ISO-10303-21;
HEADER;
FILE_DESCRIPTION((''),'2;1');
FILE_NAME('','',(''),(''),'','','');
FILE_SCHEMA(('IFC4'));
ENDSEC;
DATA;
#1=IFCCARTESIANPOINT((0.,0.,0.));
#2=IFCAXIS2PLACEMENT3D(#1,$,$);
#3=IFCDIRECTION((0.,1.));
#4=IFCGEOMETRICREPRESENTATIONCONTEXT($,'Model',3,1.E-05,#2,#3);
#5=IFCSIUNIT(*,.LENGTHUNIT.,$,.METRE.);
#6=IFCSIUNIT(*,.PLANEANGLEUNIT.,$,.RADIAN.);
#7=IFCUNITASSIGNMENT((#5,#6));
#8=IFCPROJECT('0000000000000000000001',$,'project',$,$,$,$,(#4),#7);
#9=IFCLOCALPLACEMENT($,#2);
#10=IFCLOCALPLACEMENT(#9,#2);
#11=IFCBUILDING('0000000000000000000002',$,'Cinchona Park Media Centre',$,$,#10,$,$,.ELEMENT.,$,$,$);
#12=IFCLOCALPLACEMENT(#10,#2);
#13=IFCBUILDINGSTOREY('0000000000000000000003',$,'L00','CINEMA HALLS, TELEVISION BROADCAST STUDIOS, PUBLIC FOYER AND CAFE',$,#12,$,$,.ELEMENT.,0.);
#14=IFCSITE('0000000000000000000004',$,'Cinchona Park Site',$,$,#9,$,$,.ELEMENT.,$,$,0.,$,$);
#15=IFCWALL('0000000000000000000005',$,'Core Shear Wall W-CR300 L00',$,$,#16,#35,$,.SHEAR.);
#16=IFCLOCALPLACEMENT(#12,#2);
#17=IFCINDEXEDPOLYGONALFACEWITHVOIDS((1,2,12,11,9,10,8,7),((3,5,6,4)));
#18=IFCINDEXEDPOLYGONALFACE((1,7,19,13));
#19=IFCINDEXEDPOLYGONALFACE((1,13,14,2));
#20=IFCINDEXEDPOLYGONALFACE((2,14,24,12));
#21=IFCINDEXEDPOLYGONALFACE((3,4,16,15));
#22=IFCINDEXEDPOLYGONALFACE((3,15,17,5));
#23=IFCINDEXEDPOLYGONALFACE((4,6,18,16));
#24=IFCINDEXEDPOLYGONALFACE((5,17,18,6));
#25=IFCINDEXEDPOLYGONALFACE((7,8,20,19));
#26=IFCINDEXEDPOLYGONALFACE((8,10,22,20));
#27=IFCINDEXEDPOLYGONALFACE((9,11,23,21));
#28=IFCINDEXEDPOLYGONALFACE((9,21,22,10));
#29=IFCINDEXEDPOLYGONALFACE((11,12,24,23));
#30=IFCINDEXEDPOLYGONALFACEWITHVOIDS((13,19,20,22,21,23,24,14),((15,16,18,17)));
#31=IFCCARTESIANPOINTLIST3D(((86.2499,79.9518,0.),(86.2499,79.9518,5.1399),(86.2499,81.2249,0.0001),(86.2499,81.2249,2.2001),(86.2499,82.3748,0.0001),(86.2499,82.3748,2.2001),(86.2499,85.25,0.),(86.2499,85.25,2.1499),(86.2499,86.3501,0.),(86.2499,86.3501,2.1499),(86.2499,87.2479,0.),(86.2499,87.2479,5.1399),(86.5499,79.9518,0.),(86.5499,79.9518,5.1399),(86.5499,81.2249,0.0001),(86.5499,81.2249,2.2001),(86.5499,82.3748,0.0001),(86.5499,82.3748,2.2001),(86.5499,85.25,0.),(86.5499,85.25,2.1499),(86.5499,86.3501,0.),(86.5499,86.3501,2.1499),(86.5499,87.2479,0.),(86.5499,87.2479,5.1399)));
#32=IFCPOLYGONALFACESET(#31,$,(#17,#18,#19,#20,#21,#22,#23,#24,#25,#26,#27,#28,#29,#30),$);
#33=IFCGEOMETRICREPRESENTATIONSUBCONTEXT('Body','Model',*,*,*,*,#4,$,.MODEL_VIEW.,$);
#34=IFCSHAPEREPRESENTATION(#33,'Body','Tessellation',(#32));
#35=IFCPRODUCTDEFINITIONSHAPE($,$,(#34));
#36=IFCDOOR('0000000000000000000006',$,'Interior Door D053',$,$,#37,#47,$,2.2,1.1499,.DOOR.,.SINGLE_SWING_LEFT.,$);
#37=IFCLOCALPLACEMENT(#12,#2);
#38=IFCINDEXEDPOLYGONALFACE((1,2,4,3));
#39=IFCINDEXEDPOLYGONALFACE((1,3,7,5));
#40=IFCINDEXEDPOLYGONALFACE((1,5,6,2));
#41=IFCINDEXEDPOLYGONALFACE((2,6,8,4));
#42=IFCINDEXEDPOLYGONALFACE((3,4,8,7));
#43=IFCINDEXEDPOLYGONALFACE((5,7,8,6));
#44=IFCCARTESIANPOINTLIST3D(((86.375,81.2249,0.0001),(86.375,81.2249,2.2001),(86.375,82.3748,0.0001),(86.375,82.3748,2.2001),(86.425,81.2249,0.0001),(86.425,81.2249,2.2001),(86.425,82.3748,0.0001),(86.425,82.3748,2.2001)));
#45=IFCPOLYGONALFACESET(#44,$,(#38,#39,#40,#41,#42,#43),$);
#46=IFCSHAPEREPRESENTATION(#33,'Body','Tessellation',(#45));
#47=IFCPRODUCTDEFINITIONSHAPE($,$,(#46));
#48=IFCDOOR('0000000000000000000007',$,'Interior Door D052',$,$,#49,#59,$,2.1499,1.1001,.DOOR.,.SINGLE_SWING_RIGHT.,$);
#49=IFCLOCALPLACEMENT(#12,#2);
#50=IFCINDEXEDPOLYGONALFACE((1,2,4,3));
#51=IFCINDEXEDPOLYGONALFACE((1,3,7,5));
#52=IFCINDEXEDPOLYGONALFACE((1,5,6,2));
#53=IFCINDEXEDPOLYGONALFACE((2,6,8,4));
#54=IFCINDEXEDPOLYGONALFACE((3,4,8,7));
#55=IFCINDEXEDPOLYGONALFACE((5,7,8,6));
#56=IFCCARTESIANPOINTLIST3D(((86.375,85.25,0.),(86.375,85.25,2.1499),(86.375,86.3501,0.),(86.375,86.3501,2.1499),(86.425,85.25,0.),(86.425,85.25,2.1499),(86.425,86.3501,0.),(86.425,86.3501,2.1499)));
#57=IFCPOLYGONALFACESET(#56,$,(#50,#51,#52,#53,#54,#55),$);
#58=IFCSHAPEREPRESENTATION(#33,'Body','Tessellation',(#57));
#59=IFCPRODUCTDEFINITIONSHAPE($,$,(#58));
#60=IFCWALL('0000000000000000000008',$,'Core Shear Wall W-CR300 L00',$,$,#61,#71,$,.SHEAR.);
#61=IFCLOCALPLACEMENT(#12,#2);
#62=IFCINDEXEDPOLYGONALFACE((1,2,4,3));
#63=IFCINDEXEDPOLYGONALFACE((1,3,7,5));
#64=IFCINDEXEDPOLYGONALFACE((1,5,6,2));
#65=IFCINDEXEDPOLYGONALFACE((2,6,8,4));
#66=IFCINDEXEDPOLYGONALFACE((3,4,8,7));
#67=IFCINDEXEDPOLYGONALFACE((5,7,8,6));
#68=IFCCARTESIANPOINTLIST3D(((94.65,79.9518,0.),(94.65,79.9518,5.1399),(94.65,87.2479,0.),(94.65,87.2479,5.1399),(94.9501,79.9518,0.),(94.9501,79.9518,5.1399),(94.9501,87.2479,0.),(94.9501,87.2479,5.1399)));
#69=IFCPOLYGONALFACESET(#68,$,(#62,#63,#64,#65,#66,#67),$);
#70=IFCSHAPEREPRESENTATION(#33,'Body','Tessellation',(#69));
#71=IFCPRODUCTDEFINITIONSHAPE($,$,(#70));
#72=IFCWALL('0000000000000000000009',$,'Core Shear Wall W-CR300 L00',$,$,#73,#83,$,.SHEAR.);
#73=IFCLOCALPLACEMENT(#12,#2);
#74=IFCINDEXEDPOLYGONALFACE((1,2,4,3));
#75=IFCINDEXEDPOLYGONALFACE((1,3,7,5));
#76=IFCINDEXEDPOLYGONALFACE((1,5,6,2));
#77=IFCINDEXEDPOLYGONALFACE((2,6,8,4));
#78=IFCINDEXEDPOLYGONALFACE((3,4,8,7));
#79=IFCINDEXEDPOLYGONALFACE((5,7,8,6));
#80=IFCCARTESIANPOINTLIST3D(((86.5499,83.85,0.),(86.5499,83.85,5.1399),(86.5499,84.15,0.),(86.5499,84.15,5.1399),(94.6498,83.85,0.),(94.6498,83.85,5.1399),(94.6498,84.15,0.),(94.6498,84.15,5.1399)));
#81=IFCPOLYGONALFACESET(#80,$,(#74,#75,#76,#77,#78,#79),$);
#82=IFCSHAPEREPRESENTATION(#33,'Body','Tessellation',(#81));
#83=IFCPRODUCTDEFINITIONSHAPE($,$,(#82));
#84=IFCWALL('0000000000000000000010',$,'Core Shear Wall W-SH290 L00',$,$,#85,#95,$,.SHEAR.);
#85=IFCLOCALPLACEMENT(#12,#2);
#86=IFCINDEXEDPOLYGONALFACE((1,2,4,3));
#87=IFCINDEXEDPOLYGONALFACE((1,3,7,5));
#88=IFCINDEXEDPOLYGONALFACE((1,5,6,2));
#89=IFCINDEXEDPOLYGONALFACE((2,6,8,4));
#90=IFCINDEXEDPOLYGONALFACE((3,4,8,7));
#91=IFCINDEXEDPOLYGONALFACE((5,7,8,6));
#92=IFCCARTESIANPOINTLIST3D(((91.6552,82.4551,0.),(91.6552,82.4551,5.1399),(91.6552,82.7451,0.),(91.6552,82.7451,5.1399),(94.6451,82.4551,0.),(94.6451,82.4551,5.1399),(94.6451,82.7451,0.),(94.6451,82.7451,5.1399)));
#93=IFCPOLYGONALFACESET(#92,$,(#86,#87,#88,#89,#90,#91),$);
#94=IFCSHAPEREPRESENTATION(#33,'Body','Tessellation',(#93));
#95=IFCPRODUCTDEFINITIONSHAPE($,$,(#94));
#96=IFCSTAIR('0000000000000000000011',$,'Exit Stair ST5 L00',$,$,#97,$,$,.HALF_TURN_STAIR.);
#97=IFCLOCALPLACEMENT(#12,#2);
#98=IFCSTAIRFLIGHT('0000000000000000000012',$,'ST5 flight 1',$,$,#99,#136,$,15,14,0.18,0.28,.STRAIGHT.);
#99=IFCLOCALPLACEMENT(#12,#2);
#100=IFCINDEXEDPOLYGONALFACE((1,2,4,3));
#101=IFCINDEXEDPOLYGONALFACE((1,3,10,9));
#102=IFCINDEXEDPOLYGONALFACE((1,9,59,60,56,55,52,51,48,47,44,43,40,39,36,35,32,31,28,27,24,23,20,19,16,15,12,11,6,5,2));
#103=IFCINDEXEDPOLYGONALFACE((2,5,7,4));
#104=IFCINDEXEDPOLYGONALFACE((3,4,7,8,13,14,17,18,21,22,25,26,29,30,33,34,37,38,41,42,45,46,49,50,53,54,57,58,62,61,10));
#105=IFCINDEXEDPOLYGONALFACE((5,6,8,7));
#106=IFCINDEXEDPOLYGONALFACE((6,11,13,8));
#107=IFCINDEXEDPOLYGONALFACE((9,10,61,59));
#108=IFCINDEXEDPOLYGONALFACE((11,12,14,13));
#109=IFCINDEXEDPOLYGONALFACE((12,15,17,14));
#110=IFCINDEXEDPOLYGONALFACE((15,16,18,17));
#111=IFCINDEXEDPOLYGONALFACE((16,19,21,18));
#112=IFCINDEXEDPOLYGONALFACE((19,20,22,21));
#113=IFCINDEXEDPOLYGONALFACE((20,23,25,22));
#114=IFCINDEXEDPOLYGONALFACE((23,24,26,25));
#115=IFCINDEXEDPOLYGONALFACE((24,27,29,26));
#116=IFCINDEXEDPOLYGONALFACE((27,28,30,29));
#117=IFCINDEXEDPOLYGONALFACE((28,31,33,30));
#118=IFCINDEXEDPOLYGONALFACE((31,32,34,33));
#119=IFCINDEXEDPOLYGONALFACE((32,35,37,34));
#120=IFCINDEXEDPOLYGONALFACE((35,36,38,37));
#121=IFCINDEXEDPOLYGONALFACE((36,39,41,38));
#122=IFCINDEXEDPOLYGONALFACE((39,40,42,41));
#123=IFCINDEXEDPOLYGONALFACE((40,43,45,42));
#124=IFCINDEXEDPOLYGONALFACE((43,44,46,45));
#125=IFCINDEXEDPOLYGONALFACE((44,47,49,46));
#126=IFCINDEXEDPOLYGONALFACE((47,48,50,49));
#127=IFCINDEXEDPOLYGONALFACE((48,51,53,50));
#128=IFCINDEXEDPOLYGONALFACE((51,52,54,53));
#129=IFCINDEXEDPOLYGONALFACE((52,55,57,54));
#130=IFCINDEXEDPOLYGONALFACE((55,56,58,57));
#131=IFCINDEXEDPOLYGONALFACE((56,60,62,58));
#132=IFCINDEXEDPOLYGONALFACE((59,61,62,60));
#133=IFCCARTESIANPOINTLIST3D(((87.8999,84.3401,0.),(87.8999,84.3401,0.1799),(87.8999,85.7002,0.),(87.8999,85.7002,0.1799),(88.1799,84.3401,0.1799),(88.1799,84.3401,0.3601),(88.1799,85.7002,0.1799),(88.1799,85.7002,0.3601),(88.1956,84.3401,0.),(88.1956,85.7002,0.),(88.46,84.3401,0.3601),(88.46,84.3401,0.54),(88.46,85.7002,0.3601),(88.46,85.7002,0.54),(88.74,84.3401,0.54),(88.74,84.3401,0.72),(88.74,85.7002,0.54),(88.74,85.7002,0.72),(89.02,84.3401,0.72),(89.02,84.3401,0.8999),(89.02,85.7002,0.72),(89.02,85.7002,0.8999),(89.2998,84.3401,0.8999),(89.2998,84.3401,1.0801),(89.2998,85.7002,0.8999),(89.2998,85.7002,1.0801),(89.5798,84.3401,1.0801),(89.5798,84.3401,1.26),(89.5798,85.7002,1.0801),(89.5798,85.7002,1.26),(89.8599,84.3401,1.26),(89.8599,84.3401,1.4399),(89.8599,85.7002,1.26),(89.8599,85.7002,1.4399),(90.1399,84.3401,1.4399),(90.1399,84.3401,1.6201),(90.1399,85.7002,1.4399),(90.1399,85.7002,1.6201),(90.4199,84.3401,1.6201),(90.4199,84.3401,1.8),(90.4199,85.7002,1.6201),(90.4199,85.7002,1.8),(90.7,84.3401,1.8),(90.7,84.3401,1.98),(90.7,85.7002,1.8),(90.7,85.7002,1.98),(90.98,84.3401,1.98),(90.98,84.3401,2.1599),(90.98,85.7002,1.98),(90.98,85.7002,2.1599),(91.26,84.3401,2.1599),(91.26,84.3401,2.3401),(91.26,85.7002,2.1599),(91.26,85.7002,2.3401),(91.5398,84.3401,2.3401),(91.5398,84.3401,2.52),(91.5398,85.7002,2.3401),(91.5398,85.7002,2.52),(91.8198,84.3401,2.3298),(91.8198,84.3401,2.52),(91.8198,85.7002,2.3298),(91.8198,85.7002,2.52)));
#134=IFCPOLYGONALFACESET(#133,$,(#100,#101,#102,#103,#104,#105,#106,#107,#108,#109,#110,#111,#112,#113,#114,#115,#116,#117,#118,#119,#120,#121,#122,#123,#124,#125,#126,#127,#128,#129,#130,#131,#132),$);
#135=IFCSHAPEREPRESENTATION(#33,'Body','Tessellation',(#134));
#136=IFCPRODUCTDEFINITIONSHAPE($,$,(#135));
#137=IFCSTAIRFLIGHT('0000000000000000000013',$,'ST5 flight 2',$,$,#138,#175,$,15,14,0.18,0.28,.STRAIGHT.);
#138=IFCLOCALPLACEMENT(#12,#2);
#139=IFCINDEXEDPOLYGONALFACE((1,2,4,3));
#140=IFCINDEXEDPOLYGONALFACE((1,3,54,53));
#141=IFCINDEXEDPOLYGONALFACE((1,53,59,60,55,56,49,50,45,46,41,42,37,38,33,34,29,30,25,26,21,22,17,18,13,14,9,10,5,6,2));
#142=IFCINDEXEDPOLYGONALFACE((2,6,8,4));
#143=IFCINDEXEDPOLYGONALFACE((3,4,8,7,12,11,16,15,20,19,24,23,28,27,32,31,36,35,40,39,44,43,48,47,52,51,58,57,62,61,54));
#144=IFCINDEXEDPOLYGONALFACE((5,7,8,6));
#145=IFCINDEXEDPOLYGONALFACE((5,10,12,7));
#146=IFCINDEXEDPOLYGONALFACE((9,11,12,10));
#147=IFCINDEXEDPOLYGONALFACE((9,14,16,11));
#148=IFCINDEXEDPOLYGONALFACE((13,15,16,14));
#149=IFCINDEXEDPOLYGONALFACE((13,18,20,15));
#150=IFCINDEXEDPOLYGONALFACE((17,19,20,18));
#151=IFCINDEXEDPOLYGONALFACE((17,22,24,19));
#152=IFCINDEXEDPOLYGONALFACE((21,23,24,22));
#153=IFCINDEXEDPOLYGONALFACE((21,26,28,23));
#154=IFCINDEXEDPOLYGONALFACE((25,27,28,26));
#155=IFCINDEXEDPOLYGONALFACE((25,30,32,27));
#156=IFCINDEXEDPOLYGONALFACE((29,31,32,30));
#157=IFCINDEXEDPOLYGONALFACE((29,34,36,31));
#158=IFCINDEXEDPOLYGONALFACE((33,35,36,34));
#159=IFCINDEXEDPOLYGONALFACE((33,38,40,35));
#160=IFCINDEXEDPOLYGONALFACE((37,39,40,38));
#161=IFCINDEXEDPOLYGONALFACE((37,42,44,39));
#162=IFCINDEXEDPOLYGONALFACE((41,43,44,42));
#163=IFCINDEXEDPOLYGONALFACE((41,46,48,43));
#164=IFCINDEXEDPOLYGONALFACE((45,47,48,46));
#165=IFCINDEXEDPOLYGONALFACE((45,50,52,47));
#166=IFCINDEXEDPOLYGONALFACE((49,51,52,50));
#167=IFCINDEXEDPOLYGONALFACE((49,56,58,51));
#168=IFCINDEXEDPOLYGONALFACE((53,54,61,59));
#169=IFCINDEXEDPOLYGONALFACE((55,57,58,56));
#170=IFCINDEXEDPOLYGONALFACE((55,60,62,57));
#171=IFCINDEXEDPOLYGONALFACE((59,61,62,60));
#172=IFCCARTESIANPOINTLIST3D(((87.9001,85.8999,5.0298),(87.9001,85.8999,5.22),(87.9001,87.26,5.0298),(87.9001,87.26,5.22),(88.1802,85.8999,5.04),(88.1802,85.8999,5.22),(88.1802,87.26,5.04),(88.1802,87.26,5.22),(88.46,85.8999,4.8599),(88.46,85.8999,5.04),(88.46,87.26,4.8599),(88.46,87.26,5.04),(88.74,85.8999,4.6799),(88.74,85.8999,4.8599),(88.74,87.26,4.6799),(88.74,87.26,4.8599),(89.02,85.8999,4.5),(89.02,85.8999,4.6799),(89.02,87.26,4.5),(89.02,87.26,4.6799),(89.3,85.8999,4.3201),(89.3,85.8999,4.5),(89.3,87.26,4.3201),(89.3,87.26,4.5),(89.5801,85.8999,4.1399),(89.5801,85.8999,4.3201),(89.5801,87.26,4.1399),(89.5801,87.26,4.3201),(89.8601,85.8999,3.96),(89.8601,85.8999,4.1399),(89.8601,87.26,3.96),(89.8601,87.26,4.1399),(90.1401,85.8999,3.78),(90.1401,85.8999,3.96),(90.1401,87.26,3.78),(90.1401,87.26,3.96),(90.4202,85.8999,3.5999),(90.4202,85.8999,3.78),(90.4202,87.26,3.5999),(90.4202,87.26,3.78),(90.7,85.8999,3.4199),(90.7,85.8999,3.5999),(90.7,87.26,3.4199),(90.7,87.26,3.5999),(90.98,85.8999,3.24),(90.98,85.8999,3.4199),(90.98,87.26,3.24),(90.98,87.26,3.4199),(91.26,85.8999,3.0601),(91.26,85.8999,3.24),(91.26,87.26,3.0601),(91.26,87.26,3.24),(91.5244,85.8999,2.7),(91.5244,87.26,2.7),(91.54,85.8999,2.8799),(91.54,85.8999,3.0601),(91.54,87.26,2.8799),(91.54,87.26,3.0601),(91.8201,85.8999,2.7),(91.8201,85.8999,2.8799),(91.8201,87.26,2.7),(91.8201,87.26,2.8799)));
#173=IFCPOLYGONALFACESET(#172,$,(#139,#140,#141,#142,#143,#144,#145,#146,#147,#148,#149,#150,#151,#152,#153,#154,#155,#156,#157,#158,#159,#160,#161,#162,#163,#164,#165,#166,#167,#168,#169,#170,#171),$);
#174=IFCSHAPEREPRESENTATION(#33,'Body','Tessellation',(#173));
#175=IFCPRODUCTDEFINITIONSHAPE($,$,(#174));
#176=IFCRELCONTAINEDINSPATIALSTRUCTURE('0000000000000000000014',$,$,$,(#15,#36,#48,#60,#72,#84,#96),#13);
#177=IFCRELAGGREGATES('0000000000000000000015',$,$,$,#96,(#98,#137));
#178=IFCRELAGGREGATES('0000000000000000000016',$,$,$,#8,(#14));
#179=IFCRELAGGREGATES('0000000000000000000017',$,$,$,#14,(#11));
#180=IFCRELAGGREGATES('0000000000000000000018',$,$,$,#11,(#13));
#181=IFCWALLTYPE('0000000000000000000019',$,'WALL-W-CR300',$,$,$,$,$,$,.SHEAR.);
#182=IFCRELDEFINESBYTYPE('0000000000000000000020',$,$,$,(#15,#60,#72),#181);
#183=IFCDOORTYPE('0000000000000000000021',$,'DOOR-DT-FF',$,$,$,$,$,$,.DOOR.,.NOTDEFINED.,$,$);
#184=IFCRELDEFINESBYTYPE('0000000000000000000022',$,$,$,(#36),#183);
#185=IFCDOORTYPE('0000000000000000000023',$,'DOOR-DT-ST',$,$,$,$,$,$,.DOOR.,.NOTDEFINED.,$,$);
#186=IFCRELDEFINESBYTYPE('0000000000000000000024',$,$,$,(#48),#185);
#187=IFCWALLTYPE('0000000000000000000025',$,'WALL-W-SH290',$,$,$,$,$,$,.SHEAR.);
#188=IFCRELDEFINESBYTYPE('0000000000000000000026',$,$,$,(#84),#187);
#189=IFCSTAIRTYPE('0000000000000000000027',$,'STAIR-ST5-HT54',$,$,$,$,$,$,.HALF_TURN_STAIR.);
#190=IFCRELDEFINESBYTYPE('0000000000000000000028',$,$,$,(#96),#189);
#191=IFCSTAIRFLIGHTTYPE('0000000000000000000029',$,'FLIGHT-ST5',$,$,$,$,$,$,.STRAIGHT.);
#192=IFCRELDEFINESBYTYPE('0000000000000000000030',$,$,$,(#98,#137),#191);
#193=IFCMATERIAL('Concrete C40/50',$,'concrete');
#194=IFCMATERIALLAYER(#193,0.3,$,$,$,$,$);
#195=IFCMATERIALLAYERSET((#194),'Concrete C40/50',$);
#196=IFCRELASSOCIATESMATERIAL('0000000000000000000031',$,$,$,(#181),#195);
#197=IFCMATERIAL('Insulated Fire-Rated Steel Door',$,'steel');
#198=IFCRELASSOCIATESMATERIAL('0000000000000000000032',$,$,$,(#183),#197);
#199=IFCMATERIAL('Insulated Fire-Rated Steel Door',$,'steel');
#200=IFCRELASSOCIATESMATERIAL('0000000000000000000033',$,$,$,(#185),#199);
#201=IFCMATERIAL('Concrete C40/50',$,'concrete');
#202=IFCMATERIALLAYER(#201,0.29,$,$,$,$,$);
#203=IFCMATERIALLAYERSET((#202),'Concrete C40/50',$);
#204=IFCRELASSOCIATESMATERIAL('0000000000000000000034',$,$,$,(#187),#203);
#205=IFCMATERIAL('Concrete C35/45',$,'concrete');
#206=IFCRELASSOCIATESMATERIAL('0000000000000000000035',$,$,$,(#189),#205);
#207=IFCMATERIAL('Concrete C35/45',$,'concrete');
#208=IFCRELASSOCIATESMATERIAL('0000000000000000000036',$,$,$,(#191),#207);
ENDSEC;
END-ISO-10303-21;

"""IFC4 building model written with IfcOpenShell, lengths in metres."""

from ifc_helpers import new_model, si_unit, direction, frame, frame_2d, origin, place, context, subcontext, project, spatial, polyline, rectangle, outline, extrude, material, layer, layer_set, type_object, element, fill, aggregate, save


model = new_model("IFC4")

# Units and contexts
model_context = context("Model", 3, precision=1e-05, world=origin(), true_north=direction((0.0, 1.0)))
body_context = subcontext(model_context, "Body", "Model", "MODEL_VIEW")
ifc_project = project(units=[si_unit("LENGTHUNIT", "METRE"), si_unit("PLANEANGLEUNIT", "RADIAN")], contexts=[model_context])

# Site, building, storey
site_placement = place(None, origin())
site = spatial("IfcSite", under=ifc_project, at=site_placement, Name="Cinchona Park Site", CompositionType="ELEMENT", RefElevation=0.0)
building_placement = place(site_placement, origin())
building = spatial("IfcBuilding", under=site, at=building_placement, Name="Cinchona Park Media Centre", CompositionType="ELEMENT")
storey_placement = place(building_placement, origin())
storey = spatial("IfcBuildingStorey", under=building, at=storey_placement, Name="L00", Description="CINEMA HALLS, TELEVISION BROADCAST STUDIOS, PUBLIC FOYER AND CAFE", CompositionType="ELEMENT", Elevation=0.0)

# Wall, openings, doors
ifc_material_1 = material(Name="Concrete C40/50", Category="concrete")
ifc_layer_1 = layer(ifc_material_1, 0.3)
ifc_layer_set_1 = layer_set([ifc_layer_1], Name="Concrete C40/50")
wall_type_1 = type_object("IfcWallType", Name="WALL-W-CR300", PredefinedType="SHEAR", material=ifc_layer_set_1)
wall_1_placement = place(storey_placement, frame((86.3999, 79.9519, 0.0), z_axis=(0.0, 0.0, 1.0), x_axis=(0.0, 1.0, 0.0)))
wall_1 = element("IfcWall", 1, at=wall_1_placement, inside=storey, type_object=wall_type_1, Name="Core Shear Wall W-CR300 L00", PredefinedType="SHEAR", context=body_context, shape_type="SweptSolid", body=[
    extrude(rectangle(XDim=7.2961, YDim=0.3, at=frame_2d((3.6479, 0.0))), origin(), (0.0, 0.0, 1.0), 5.1399),
])
opening_1_placement = place(wall_1_placement, frame((5.2981, 0.0, 0.0)))
opening_1 = element("IfcOpeningElement", 2, at=opening_1_placement, cuts=wall_1, PredefinedType="OPENING", context=body_context, shape_type="SweptSolid", body=[
    extrude(rectangle(XDim=1.1001, YDim=2.1499, at=frame_2d((0.55, 1.075))), frame((0.0, 0.1599, 0.0), z_axis=(0.0, -1.0, 0.0), x_axis=(1.0, 0.0, 0.0)), (0.0, 0.0, 1.0), 0.3201),
])
opening_2_placement = place(wall_1_placement, frame((1.2729, 0.0, 0.0)))
opening_2 = element("IfcOpeningElement", 3, at=opening_2_placement, cuts=wall_1, PredefinedType="OPENING", context=body_context, shape_type="SweptSolid", body=[
    extrude(rectangle(XDim=1.1499, YDim=2.2, at=frame_2d((0.575, 1.1001))), frame((0.0, 0.1599, 0.0), z_axis=(0.0, -1.0, 0.0), x_axis=(1.0, 0.0, 0.0)), (0.0, 0.0, 1.0), 0.3201),
])
ifc_material_2 = material(Name="Insulated Fire-Rated Steel Door", Category="steel")
door_type_1 = type_object("IfcDoorType", Name="DOOR-DT-FF", OperationType="NOTDEFINED", PredefinedType="DOOR", material=ifc_material_2)
door_1_placement = place(opening_2_placement, origin())
door_1 = element("IfcDoor", 4, at=door_1_placement, inside=storey, type_object=door_type_1, Name="Interior Door D053", OperationType="SINGLE_SWING_LEFT", OverallHeight=2.2, OverallWidth=1.1499, PredefinedType="DOOR", context=body_context, shape_type="SweptSolid", body=[
    extrude(rectangle(XDim=1.1499, YDim=2.2, at=frame_2d((0.575, 1.1001))), frame((0.0, 0.0249, 0.0), z_axis=(0.0, -1.0, 0.0), x_axis=(1.0, 0.0, 0.0)), (0.0, 0.0, 1.0), 0.05),
])
fill(opening_2, door_1)
ifc_material_3 = material(Name="Insulated Fire-Rated Steel Door", Category="steel")
door_type_2 = type_object("IfcDoorType", Name="DOOR-DT-ST", OperationType="NOTDEFINED", PredefinedType="DOOR", material=ifc_material_3)
door_2_placement = place(opening_1_placement, origin())
door_2 = element("IfcDoor", 5, at=door_2_placement, inside=storey, type_object=door_type_2, Name="Interior Door D052", OperationType="SINGLE_SWING_RIGHT", OverallHeight=2.1499, OverallWidth=1.1001, PredefinedType="DOOR", context=body_context, shape_type="SweptSolid", body=[
    extrude(rectangle(XDim=1.1001, YDim=2.1499, at=frame_2d((0.55, 1.075))), frame((0.0, 0.0249, 0.0), z_axis=(0.0, -1.0, 0.0), x_axis=(1.0, 0.0, 0.0)), (0.0, 0.0, 1.0), 0.05),
])
fill(opening_1, door_2)

# Walls
wall_2_placement = place(storey_placement, frame((94.8, 79.9519, 0.0), z_axis=(0.0, 0.0, 1.0), x_axis=(0.0, 1.0, 0.0)))
element("IfcWall", 6, at=wall_2_placement, inside=storey, type_object=wall_type_1, Name="Core Shear Wall W-CR300 L00", PredefinedType="SHEAR", context=body_context, shape_type="SweptSolid", body=[
    extrude(rectangle(XDim=7.2961, YDim=0.3, at=frame_2d((3.6479, 0.0))), origin(), (0.0, 0.0, 1.0), 5.1399),
])
wall_3_placement = place(storey_placement, frame((86.55, 84.0, 0.0), z_axis=(0.0, 0.0, 1.0), x_axis=(1.0, 0.0, 0.0)))
element("IfcWall", 7, at=wall_3_placement, inside=storey, type_object=wall_type_1, Name="Core Shear Wall W-CR300 L00", PredefinedType="SHEAR", context=body_context, shape_type="SweptSolid", body=[
    extrude(rectangle(XDim=8.0999, YDim=0.3, at=frame_2d((4.0498, 0.0))), origin(), (0.0, 0.0, 1.0), 5.1399),
])
ifc_material_4 = material(Name="Concrete C40/50", Category="concrete")
ifc_layer_2 = layer(ifc_material_4, 0.29)
ifc_layer_set_2 = layer_set([ifc_layer_2], Name="Concrete C40/50")
wall_type_2 = type_object("IfcWallType", Name="WALL-W-SH290", PredefinedType="SHEAR", material=ifc_layer_set_2)
wall_4_placement = place(storey_placement, frame((91.655, 82.6001, 0.0), z_axis=(0.0, 0.0, 1.0), x_axis=(1.0, 0.0, 0.0)))
element("IfcWall", 8, at=wall_4_placement, inside=storey, type_object=wall_type_2, Name="Core Shear Wall W-SH290 L00", PredefinedType="SHEAR", context=body_context, shape_type="SweptSolid", body=[
    extrude(rectangle(XDim=2.99, YDim=0.29, at=frame_2d((1.4951, 0.0))), origin(), (0.0, 0.0, 1.0), 5.1399),
])

# Stair, stair flights
ifc_material_5 = material(Name="Concrete C35/45", Category="concrete")
stair_type = type_object("IfcStairType", Name="STAIR-ST5-HT54", PredefinedType="HALF_TURN_STAIR", material=ifc_material_5)
stair_placement = place(storey_placement, origin())
stair = element("IfcStair", 9, at=stair_placement, inside=storey, type_object=stair_type, Name="Exit Stair ST5 L00", PredefinedType="HALF_TURN_STAIR")
ifc_material_6 = material(Name="Concrete C35/45", Category="concrete")
stair_flight_type = type_object("IfcStairFlightType", Name="FLIGHT-ST5", PredefinedType="STRAIGHT", material=ifc_material_6)
stair_flight_1_placement = place(storey_placement, frame((87.8999, 85.02, 0.0), z_axis=(0.0, 0.0, 1.0), x_axis=(1.0, 0.0, 0.0)))
stair_flight_1 = element("IfcStairFlight", 10, at=stair_flight_1_placement, type_object=stair_flight_type, Name="ST5 flight 1", NumberOfRisers=15, NumberOfTreads=14, PredefinedType="STRAIGHT", RiserHeight=0.18, TreadLength=0.28, context=body_context, shape_type="SweptSolid", body=[
    extrude(outline(polyline([(0.0, 0.0), (0.0, 0.1799), (0.28, 0.1799), (0.28, 0.3601), (0.5601, 0.3601), (0.5601, 0.54), (0.8401, 0.54), (0.8401, 0.72), (1.1201, 0.72), (1.1201, 0.8999), (1.3999, 0.8999), (1.3999, 1.0801), (1.6799, 1.0801), (1.6799, 1.26), (1.96, 1.26), (1.96, 1.4399), (2.24, 1.4399), (2.24, 1.6201), (2.52, 1.6201), (2.52, 1.8), (2.8, 1.8), (2.8, 1.98), (3.0801, 1.98), (3.0801, 2.1599), (3.3601, 2.1599), (3.3601, 2.3401), (3.6399, 2.3401), (3.6399, 2.52), (3.9199, 2.52), (3.9199, 2.7), (3.9199, 2.3298), (0.2957, 0.0), (0.0, 0.0)])), frame((0.0, 0.6802, 0.0), z_axis=(0.0, -1.0, 0.0), x_axis=(1.0, 0.0, 0.0)), (0.0, 0.0, 1.0), 1.3601),
])
stair_flight_2_placement = place(storey_placement, frame((91.8201, 86.5801, 2.7), z_axis=(0.0, 0.0, 1.0), x_axis=(-1.0, 0.0, 0.0)))
stair_flight_2 = element("IfcStairFlight", 11, at=stair_flight_2_placement, type_object=stair_flight_type, Name="ST5 flight 2", NumberOfRisers=15, NumberOfTreads=14, PredefinedType="STRAIGHT", RiserHeight=0.18, TreadLength=0.28, context=body_context, shape_type="SweptSolid", body=[
    extrude(outline(polyline([(0.0, 0.0), (0.0, 0.1799), (0.28, 0.1799), (0.28, 0.3601), (0.5601, 0.3601), (0.5601, 0.54), (0.8401, 0.54), (0.8401, 0.72), (1.1201, 0.72), (1.1201, 0.8999), (1.3999, 0.8999), (1.3999, 1.0801), (1.6799, 1.0801), (1.6799, 1.26), (1.96, 1.26), (1.96, 1.4399), (2.24, 1.4399), (2.24, 1.6201), (2.52, 1.6201), (2.52, 1.8), (2.8, 1.8), (2.8, 1.98), (3.0801, 1.98), (3.0801, 2.1599), (3.3601, 2.1599), (3.3601, 2.3401), (3.6399, 2.3401), (3.6399, 2.52), (3.9199, 2.52), (3.9199, 2.7), (3.9199, 2.3298), (0.2957, 0.0), (0.0, 0.0)])), frame((0.0, 0.6802, 0.0), z_axis=(0.0, -1.0, 0.0), x_axis=(1.0, 0.0, 0.0)), (0.0, 0.0, 1.0), 1.3601),
])
aggregate(stair, [stair_flight_1, stair_flight_2])

save(model, "model.ifc")
